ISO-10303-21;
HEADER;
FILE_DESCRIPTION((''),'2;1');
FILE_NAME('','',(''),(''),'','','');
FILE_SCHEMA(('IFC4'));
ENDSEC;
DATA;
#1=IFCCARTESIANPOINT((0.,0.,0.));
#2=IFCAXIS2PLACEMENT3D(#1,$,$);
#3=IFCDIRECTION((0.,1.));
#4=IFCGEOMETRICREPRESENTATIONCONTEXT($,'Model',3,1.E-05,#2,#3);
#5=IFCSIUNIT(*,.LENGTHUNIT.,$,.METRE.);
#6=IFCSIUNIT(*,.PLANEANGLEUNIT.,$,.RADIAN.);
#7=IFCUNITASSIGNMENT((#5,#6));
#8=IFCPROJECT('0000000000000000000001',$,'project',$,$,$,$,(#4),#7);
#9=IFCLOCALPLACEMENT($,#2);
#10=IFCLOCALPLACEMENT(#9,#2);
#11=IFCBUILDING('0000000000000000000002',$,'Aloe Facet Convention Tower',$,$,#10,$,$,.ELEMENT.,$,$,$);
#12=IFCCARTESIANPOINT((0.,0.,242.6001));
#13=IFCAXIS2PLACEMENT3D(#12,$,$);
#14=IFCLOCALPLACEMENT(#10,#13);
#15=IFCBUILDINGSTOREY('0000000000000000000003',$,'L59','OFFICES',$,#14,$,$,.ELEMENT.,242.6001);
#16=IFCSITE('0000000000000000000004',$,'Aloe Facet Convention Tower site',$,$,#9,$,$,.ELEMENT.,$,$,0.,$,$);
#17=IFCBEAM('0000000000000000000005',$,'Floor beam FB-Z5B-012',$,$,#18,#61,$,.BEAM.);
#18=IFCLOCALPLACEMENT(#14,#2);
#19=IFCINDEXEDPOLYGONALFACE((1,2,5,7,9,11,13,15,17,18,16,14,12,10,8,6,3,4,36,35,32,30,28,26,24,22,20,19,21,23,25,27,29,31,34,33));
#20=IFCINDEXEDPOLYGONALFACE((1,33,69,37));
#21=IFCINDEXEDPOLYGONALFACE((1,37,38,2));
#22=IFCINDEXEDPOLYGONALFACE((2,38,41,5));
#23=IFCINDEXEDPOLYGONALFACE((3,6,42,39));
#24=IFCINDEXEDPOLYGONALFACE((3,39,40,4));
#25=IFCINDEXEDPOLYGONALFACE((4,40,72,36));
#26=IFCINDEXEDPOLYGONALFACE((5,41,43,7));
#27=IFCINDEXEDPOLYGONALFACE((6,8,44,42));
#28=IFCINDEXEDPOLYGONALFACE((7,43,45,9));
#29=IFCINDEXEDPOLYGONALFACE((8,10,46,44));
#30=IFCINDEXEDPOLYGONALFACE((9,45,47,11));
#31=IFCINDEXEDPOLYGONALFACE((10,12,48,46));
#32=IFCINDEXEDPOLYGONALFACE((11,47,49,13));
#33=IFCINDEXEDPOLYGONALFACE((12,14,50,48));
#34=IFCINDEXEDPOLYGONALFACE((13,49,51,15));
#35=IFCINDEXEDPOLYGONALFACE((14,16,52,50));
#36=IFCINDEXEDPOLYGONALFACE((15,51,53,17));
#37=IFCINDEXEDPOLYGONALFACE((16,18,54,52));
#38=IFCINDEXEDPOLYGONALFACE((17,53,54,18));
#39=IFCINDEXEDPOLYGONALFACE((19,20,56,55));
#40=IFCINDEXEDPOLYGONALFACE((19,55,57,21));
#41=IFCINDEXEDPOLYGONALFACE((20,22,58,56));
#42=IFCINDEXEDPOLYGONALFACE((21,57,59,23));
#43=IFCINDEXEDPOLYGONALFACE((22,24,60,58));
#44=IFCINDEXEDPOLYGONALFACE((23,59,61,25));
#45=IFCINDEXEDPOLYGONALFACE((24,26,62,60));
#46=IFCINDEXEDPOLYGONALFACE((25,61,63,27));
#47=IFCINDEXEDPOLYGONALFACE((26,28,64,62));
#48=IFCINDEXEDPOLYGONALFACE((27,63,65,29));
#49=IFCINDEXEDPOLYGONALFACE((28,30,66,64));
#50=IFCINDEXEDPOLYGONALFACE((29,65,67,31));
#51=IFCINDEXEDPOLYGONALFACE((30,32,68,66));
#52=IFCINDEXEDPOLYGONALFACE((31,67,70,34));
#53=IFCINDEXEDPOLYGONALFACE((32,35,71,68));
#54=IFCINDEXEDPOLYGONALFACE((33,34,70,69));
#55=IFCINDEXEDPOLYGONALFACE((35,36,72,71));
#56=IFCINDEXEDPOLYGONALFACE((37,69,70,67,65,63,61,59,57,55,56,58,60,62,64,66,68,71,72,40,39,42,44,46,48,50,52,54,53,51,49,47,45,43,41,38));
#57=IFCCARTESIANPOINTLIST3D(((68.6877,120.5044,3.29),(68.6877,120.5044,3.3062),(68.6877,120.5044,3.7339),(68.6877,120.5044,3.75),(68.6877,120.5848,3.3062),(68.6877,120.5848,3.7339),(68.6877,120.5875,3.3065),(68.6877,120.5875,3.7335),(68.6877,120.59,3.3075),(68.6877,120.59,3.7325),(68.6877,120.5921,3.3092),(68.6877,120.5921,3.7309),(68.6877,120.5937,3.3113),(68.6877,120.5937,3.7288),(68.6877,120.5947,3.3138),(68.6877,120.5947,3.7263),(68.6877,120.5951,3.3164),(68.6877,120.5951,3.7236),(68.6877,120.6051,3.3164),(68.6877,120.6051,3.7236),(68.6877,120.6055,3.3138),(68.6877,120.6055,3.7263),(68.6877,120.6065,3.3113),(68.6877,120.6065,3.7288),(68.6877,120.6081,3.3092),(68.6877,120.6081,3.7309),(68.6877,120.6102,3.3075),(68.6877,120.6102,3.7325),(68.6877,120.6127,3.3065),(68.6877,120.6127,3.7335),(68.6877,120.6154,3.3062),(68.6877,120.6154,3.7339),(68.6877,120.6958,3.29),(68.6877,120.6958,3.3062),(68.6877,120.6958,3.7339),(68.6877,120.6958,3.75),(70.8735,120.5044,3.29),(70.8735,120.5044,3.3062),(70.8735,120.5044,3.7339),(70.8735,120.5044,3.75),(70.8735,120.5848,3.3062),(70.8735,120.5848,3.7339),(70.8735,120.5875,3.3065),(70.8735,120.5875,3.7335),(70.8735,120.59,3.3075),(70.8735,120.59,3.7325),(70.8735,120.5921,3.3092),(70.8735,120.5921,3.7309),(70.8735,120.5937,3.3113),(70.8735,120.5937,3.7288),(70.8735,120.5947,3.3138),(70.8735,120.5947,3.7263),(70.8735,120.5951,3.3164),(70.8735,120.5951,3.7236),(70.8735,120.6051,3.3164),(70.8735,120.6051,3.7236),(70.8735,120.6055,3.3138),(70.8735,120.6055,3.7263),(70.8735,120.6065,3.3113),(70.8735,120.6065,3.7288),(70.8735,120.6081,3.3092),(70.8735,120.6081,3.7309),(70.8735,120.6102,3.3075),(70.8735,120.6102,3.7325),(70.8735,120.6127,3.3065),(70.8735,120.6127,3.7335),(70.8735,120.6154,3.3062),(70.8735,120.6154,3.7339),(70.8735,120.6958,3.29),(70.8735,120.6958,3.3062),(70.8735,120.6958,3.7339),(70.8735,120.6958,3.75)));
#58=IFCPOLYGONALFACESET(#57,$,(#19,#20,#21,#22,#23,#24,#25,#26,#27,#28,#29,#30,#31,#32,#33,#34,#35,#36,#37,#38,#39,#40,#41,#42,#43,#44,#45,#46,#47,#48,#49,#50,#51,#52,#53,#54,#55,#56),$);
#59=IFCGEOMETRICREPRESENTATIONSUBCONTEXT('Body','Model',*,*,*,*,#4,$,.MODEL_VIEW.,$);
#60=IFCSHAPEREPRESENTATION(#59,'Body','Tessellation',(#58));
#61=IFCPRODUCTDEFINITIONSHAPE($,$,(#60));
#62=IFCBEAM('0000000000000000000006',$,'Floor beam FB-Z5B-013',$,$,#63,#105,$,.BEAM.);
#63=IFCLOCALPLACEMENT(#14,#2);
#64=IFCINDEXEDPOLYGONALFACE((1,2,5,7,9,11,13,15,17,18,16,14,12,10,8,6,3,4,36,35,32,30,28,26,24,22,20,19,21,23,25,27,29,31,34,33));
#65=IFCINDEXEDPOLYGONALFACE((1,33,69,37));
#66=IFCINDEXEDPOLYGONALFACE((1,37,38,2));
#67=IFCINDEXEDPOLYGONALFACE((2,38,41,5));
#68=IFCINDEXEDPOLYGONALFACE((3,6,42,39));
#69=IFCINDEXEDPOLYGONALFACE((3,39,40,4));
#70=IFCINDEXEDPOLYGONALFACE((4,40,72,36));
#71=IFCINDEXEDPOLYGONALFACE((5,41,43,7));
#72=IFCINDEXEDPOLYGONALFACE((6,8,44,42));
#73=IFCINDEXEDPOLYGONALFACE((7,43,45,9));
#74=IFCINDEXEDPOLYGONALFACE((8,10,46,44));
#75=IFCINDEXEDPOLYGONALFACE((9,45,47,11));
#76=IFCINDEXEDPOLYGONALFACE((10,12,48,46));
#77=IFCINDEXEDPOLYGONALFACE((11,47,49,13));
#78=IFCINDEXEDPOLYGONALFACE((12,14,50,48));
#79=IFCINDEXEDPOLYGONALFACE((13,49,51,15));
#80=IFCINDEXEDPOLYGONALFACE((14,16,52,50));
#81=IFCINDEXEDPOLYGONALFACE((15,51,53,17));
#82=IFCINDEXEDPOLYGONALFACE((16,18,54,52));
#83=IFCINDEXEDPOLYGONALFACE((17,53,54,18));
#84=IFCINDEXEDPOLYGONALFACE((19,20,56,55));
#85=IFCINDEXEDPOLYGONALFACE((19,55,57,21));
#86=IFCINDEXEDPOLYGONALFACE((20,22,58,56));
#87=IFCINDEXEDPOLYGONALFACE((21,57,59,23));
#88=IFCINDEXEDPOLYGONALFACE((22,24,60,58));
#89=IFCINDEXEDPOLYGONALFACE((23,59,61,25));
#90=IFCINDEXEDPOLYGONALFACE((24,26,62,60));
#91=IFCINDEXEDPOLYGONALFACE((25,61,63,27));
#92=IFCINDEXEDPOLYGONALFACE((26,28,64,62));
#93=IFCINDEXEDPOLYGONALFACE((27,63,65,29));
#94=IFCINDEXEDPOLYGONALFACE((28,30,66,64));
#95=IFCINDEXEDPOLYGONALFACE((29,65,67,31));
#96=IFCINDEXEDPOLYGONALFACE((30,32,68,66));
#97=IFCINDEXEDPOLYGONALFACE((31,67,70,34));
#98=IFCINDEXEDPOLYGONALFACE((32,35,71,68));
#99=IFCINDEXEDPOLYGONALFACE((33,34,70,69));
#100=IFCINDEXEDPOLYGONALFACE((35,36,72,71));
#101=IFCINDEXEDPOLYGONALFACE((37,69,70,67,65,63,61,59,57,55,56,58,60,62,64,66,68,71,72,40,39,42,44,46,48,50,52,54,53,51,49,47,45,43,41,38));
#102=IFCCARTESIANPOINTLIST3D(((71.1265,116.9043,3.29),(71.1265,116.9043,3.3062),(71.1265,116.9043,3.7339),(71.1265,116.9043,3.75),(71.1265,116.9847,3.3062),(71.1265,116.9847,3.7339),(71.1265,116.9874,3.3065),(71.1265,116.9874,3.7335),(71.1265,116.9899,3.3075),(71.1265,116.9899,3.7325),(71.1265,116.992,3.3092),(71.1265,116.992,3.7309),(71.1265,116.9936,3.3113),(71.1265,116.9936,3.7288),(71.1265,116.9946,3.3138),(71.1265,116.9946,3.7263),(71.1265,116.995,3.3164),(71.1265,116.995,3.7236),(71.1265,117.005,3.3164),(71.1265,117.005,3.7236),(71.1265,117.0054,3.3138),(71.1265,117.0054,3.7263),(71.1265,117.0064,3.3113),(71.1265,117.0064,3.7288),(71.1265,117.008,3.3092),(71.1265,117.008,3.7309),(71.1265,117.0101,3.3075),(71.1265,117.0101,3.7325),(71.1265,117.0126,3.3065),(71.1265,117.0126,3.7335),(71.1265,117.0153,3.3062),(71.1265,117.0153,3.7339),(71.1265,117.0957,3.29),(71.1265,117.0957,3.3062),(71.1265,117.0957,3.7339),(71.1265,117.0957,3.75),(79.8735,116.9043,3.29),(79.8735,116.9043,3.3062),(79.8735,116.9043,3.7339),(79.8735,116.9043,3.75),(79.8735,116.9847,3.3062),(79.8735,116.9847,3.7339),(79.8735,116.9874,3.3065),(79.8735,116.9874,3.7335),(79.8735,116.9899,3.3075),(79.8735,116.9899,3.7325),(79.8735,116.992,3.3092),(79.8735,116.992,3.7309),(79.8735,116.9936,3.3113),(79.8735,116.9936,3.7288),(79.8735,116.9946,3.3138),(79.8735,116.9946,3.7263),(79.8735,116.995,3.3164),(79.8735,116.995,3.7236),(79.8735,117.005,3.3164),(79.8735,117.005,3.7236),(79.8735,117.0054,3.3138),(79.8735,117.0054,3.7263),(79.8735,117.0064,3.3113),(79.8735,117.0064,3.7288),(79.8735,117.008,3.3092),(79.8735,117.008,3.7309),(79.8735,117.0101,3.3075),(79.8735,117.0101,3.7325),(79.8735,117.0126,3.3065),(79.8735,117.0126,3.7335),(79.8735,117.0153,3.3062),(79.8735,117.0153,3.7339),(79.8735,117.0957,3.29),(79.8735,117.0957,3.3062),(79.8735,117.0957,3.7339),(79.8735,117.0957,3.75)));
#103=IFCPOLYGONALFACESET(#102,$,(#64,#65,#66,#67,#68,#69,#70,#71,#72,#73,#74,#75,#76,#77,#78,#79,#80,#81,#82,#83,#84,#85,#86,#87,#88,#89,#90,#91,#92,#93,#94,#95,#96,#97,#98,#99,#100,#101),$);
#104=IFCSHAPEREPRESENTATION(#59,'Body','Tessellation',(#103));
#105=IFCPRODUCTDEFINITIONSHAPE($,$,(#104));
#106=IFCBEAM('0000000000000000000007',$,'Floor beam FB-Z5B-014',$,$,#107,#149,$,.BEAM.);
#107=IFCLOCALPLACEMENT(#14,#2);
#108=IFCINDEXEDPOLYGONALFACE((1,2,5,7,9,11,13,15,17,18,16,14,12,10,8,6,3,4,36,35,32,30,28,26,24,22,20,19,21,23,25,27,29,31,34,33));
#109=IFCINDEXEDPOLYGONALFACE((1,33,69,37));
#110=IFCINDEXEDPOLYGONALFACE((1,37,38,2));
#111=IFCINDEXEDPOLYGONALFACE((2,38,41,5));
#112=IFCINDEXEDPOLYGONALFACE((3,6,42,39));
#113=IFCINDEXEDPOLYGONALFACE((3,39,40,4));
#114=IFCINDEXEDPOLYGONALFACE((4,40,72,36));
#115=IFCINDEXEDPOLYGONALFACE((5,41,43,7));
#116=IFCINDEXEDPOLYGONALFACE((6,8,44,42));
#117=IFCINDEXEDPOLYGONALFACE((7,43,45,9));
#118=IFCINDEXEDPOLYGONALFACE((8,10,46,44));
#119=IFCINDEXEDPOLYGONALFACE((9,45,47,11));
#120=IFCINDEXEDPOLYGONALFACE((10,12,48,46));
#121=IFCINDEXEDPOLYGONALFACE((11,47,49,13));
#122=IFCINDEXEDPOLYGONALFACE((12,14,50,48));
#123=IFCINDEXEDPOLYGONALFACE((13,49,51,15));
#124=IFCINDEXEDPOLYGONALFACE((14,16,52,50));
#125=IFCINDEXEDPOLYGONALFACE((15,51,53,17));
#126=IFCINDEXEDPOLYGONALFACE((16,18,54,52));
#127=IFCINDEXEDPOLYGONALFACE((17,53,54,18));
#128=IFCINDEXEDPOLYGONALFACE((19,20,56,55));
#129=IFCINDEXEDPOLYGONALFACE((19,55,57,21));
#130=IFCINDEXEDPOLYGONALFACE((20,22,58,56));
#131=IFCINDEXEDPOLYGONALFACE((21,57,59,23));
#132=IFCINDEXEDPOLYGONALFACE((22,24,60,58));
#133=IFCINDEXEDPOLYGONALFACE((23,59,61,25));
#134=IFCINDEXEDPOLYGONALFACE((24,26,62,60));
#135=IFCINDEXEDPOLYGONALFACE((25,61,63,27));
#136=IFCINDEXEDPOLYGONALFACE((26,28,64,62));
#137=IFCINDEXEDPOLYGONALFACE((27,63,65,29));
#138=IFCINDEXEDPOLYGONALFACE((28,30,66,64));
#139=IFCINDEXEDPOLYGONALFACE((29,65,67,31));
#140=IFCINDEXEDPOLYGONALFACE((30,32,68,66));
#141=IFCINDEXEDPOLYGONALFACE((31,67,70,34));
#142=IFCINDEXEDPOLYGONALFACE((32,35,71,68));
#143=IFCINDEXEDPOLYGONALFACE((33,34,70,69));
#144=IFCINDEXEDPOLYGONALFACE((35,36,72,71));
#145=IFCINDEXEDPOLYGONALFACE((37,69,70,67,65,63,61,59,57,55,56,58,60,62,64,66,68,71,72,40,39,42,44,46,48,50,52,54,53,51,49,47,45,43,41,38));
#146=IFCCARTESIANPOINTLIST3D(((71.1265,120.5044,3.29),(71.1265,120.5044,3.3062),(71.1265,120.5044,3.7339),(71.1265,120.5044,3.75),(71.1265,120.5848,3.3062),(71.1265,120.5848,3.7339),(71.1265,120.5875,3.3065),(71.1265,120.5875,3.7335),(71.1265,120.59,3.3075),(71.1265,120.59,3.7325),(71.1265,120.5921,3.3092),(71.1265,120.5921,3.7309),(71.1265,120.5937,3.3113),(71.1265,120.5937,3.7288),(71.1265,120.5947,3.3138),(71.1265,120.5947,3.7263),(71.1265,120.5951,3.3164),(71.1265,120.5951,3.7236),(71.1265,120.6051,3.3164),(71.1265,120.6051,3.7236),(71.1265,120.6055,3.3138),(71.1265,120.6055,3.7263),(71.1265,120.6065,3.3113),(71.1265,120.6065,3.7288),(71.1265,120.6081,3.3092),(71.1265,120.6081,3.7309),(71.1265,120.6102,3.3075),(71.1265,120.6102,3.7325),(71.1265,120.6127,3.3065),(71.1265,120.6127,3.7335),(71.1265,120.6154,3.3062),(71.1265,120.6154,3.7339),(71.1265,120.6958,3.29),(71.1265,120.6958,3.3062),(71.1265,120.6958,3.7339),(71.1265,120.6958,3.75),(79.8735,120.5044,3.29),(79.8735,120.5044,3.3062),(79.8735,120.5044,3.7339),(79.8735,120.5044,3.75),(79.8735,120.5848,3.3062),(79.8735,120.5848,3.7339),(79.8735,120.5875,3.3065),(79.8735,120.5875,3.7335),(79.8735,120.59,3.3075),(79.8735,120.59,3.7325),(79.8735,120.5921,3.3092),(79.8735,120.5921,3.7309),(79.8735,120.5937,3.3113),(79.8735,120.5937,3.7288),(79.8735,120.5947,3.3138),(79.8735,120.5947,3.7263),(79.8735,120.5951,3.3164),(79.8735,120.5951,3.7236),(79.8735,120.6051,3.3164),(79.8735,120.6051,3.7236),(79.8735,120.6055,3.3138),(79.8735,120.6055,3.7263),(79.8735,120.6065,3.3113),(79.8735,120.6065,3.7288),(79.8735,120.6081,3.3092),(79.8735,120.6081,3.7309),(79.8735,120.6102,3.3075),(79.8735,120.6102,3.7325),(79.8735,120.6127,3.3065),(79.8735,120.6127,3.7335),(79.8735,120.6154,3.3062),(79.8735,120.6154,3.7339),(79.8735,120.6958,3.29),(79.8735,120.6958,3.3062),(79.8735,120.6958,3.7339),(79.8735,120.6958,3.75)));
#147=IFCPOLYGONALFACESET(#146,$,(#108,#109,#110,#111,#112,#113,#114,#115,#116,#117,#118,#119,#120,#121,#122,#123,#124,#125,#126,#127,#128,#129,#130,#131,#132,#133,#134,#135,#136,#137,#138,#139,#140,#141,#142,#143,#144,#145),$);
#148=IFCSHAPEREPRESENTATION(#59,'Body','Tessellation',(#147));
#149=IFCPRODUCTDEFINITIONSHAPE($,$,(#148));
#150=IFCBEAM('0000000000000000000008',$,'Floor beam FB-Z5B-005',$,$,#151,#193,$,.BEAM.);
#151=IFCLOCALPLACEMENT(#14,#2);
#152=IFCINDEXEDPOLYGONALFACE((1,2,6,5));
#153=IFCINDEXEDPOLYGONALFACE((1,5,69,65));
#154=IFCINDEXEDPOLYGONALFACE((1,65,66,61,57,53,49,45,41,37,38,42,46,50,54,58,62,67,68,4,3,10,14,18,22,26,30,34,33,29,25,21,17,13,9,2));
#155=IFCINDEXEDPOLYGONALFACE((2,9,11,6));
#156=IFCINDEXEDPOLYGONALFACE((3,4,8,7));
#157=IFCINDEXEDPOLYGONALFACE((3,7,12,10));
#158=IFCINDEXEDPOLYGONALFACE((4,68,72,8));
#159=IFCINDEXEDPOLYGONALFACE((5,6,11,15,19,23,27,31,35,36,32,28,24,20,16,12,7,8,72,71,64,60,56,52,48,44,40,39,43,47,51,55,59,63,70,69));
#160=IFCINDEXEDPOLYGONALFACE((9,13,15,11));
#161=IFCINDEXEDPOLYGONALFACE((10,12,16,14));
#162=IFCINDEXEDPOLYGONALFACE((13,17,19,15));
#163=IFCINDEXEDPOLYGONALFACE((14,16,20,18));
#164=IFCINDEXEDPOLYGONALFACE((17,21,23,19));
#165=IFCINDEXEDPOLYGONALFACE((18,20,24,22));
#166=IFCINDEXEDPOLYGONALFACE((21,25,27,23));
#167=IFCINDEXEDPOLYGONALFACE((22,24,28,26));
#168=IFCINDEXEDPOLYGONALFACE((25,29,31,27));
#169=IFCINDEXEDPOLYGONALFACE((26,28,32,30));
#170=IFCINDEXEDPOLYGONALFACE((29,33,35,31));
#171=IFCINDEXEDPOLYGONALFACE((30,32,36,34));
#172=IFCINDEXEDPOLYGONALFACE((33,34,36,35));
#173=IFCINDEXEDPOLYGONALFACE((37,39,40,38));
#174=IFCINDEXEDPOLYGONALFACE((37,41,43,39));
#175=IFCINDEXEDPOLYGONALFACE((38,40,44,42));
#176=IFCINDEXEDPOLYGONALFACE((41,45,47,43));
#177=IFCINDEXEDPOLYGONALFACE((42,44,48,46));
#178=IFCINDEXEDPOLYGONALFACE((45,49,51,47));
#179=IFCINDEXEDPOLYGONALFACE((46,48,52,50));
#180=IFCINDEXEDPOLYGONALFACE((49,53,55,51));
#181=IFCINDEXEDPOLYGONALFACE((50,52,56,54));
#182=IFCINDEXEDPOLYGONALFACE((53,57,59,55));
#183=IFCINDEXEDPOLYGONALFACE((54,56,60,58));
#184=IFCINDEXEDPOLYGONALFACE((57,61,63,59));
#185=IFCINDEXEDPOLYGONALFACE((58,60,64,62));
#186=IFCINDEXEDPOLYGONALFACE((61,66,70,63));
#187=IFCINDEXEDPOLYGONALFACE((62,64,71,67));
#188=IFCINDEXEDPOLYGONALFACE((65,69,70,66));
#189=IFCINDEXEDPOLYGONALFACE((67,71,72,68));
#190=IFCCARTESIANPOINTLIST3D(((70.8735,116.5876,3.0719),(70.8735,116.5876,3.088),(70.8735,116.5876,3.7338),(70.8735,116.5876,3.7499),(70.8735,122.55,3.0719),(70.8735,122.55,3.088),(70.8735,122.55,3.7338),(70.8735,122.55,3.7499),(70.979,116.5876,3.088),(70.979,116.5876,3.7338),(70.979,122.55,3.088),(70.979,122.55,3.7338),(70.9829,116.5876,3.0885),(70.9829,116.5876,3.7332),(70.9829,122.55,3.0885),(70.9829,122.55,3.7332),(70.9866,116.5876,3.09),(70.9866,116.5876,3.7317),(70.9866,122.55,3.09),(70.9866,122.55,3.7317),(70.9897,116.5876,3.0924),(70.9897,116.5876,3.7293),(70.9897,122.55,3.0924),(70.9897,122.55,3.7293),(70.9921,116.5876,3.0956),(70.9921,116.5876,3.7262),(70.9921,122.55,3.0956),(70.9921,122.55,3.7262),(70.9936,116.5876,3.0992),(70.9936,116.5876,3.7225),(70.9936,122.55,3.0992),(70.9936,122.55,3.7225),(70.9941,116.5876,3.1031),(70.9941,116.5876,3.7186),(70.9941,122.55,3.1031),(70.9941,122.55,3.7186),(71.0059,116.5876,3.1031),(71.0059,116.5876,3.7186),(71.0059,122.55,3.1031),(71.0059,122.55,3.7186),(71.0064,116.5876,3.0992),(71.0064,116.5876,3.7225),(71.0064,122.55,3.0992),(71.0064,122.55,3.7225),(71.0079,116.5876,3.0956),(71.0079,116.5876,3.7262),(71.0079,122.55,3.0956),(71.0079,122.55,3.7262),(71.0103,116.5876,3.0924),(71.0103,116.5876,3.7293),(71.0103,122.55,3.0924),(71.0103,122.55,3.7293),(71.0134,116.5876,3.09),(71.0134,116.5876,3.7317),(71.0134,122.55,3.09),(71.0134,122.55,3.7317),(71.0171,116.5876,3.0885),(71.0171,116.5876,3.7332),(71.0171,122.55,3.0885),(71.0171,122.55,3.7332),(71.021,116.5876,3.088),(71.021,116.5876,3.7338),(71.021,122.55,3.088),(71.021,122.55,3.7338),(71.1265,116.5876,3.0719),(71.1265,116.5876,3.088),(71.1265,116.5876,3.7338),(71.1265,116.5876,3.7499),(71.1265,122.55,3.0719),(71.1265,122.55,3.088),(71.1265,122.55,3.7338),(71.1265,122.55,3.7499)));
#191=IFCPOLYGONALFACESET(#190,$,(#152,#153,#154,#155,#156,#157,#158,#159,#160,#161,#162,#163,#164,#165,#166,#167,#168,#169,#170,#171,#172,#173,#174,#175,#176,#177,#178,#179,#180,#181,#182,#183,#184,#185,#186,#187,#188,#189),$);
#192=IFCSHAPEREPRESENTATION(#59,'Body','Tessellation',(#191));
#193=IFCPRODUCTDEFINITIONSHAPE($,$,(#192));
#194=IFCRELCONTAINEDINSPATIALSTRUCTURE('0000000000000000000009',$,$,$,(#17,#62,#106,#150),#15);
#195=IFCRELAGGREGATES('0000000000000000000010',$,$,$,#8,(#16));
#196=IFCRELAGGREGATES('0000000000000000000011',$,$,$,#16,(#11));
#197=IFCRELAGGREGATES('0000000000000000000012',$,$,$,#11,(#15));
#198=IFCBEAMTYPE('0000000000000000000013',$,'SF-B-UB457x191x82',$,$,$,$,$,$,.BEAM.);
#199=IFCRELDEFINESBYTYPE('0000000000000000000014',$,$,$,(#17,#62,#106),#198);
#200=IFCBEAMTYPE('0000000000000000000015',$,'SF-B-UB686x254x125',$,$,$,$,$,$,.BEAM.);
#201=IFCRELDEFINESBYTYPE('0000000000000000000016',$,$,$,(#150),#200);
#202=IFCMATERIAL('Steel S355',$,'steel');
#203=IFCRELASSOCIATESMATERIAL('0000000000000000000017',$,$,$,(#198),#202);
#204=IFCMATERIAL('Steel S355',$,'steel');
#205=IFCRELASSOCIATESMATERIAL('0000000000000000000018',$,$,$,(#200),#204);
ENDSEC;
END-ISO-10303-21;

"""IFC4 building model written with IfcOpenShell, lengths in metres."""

from ifc_helpers import new_model, si_unit, direction, frame, origin, origin_2d, place, context, subcontext, project, spatial, i_section, extrude, material, material_profile, profile_set, type_object, element, save


model = new_model("IFC4")

# Units and contexts
model_context = context("Model", 3, precision=1e-05, world=origin(), true_north=direction((0.0, 1.0)))
body_context = subcontext(model_context, "Body", "Model", "MODEL_VIEW")
ifc_project = project(units=[si_unit("LENGTHUNIT", "METRE"), si_unit("PLANEANGLEUNIT", "RADIAN")], contexts=[model_context])

# Site, building, storey
site_placement = place(None, origin())
site = spatial("IfcSite", under=ifc_project, at=site_placement, Name="Aloe Facet Convention Tower site", CompositionType="ELEMENT", RefElevation=0.0)
building_placement = place(site_placement, origin())
building = spatial("IfcBuilding", under=site, at=building_placement, Name="Aloe Facet Convention Tower", CompositionType="ELEMENT")
storey_placement = place(building_placement, frame((0.0, 0.0, 242.6001)))
storey = spatial("IfcBuildingStorey", under=building, at=storey_placement, Name="L59", Description="OFFICES", CompositionType="ELEMENT", Elevation=242.6001)

# Beams
ifc_material_1 = material(Name="Steel S355", Category="steel")
ifc_material_profile_1 = material_profile(ifc_material_1, i_section(OverallWidth=0.1914, OverallDepth=0.46, WebThickness=0.01, FlangeThickness=0.0161, FilletRadius=0.0103, at=origin_2d()), Name="UB 457x191x82")
ifc_profile_set_1 = profile_set([ifc_material_profile_1], Name="Steel S355")
beam_type_1 = type_object("IfcBeamType", Name="SF-B-UB457x191x82", PredefinedType="BEAM", material=ifc_profile_set_1)
beam_1_placement = place(storey_placement, frame((68.6877, 120.6001, 3.52), z_axis=(1.0, 0.0, 0.0), x_axis=(0.0, 1.0, 0.0)))
element("IfcBeam", 1, at=beam_1_placement, inside=storey, type_object=beam_type_1, Name="Floor beam FB-Z5B-012", PredefinedType="BEAM", context=body_context, shape_type="SweptSolid", body=[
    extrude(i_section(OverallWidth=0.1914, OverallDepth=0.46, WebThickness=0.01, FlangeThickness=0.0161, FilletRadius=0.0103, at=origin_2d()), origin(), (0.0, 0.0, 1.0), 2.1858),
])
for number, where, z_axis, x_axis, name in (
    (2, (71.1265, 117.0, 3.52), (1.0, 0.0, 0.0), (0.0, 1.0, 0.0), "Floor beam FB-Z5B-013"),
    (3, (71.1265, 120.6001, 3.52), (1.0, 0.0, 0.0), (0.0, 1.0, 0.0), "Floor beam FB-Z5B-014"),
):
    element("IfcBeam", number, at=place(storey_placement, frame(where, z_axis=z_axis, x_axis=x_axis)), inside=storey, type_object=beam_type_1, Name=name, PredefinedType="BEAM", context=body_context, shape_type="SweptSolid", body=[
        extrude(i_section(OverallWidth=0.1914, OverallDepth=0.46, WebThickness=0.01, FlangeThickness=0.0161, FilletRadius=0.0103, at=origin_2d()), origin(), (0.0, 0.0, 1.0), 8.7471),
    ])
ifc_material_2 = material(Name="Steel S355", Category="steel")
ifc_material_profile_2 = material_profile(ifc_material_2, i_section(OverallWidth=0.2529, OverallDepth=0.678, WebThickness=0.0117, FlangeThickness=0.0161, FilletRadius=0.0151, at=origin_2d()), Name="UB 686x254x125")
ifc_profile_set_2 = profile_set([ifc_material_profile_2], Name="Steel S355")
beam_type_2 = type_object("IfcBeamType", Name="SF-B-UB686x254x125", PredefinedType="BEAM", material=ifc_profile_set_2)
beam_2_placement = place(storey_placement, frame((71.0, 122.55, 3.4109), z_axis=(0.0, -1.0, 0.0), x_axis=(1.0, 0.0, 0.0)))
element("IfcBeam", 4, at=beam_2_placement, inside=storey, type_object=beam_type_2, Name="Floor beam FB-Z5B-005", PredefinedType="BEAM", context=body_context, shape_type="SweptSolid", body=[
    extrude(i_section(OverallWidth=0.2529, OverallDepth=0.678, WebThickness=0.0117, FlangeThickness=0.0161, FilletRadius=0.0151, at=origin_2d()), origin(), (0.0, 0.0, 1.0), 5.9624),
])

save(model, "model.ifc")
